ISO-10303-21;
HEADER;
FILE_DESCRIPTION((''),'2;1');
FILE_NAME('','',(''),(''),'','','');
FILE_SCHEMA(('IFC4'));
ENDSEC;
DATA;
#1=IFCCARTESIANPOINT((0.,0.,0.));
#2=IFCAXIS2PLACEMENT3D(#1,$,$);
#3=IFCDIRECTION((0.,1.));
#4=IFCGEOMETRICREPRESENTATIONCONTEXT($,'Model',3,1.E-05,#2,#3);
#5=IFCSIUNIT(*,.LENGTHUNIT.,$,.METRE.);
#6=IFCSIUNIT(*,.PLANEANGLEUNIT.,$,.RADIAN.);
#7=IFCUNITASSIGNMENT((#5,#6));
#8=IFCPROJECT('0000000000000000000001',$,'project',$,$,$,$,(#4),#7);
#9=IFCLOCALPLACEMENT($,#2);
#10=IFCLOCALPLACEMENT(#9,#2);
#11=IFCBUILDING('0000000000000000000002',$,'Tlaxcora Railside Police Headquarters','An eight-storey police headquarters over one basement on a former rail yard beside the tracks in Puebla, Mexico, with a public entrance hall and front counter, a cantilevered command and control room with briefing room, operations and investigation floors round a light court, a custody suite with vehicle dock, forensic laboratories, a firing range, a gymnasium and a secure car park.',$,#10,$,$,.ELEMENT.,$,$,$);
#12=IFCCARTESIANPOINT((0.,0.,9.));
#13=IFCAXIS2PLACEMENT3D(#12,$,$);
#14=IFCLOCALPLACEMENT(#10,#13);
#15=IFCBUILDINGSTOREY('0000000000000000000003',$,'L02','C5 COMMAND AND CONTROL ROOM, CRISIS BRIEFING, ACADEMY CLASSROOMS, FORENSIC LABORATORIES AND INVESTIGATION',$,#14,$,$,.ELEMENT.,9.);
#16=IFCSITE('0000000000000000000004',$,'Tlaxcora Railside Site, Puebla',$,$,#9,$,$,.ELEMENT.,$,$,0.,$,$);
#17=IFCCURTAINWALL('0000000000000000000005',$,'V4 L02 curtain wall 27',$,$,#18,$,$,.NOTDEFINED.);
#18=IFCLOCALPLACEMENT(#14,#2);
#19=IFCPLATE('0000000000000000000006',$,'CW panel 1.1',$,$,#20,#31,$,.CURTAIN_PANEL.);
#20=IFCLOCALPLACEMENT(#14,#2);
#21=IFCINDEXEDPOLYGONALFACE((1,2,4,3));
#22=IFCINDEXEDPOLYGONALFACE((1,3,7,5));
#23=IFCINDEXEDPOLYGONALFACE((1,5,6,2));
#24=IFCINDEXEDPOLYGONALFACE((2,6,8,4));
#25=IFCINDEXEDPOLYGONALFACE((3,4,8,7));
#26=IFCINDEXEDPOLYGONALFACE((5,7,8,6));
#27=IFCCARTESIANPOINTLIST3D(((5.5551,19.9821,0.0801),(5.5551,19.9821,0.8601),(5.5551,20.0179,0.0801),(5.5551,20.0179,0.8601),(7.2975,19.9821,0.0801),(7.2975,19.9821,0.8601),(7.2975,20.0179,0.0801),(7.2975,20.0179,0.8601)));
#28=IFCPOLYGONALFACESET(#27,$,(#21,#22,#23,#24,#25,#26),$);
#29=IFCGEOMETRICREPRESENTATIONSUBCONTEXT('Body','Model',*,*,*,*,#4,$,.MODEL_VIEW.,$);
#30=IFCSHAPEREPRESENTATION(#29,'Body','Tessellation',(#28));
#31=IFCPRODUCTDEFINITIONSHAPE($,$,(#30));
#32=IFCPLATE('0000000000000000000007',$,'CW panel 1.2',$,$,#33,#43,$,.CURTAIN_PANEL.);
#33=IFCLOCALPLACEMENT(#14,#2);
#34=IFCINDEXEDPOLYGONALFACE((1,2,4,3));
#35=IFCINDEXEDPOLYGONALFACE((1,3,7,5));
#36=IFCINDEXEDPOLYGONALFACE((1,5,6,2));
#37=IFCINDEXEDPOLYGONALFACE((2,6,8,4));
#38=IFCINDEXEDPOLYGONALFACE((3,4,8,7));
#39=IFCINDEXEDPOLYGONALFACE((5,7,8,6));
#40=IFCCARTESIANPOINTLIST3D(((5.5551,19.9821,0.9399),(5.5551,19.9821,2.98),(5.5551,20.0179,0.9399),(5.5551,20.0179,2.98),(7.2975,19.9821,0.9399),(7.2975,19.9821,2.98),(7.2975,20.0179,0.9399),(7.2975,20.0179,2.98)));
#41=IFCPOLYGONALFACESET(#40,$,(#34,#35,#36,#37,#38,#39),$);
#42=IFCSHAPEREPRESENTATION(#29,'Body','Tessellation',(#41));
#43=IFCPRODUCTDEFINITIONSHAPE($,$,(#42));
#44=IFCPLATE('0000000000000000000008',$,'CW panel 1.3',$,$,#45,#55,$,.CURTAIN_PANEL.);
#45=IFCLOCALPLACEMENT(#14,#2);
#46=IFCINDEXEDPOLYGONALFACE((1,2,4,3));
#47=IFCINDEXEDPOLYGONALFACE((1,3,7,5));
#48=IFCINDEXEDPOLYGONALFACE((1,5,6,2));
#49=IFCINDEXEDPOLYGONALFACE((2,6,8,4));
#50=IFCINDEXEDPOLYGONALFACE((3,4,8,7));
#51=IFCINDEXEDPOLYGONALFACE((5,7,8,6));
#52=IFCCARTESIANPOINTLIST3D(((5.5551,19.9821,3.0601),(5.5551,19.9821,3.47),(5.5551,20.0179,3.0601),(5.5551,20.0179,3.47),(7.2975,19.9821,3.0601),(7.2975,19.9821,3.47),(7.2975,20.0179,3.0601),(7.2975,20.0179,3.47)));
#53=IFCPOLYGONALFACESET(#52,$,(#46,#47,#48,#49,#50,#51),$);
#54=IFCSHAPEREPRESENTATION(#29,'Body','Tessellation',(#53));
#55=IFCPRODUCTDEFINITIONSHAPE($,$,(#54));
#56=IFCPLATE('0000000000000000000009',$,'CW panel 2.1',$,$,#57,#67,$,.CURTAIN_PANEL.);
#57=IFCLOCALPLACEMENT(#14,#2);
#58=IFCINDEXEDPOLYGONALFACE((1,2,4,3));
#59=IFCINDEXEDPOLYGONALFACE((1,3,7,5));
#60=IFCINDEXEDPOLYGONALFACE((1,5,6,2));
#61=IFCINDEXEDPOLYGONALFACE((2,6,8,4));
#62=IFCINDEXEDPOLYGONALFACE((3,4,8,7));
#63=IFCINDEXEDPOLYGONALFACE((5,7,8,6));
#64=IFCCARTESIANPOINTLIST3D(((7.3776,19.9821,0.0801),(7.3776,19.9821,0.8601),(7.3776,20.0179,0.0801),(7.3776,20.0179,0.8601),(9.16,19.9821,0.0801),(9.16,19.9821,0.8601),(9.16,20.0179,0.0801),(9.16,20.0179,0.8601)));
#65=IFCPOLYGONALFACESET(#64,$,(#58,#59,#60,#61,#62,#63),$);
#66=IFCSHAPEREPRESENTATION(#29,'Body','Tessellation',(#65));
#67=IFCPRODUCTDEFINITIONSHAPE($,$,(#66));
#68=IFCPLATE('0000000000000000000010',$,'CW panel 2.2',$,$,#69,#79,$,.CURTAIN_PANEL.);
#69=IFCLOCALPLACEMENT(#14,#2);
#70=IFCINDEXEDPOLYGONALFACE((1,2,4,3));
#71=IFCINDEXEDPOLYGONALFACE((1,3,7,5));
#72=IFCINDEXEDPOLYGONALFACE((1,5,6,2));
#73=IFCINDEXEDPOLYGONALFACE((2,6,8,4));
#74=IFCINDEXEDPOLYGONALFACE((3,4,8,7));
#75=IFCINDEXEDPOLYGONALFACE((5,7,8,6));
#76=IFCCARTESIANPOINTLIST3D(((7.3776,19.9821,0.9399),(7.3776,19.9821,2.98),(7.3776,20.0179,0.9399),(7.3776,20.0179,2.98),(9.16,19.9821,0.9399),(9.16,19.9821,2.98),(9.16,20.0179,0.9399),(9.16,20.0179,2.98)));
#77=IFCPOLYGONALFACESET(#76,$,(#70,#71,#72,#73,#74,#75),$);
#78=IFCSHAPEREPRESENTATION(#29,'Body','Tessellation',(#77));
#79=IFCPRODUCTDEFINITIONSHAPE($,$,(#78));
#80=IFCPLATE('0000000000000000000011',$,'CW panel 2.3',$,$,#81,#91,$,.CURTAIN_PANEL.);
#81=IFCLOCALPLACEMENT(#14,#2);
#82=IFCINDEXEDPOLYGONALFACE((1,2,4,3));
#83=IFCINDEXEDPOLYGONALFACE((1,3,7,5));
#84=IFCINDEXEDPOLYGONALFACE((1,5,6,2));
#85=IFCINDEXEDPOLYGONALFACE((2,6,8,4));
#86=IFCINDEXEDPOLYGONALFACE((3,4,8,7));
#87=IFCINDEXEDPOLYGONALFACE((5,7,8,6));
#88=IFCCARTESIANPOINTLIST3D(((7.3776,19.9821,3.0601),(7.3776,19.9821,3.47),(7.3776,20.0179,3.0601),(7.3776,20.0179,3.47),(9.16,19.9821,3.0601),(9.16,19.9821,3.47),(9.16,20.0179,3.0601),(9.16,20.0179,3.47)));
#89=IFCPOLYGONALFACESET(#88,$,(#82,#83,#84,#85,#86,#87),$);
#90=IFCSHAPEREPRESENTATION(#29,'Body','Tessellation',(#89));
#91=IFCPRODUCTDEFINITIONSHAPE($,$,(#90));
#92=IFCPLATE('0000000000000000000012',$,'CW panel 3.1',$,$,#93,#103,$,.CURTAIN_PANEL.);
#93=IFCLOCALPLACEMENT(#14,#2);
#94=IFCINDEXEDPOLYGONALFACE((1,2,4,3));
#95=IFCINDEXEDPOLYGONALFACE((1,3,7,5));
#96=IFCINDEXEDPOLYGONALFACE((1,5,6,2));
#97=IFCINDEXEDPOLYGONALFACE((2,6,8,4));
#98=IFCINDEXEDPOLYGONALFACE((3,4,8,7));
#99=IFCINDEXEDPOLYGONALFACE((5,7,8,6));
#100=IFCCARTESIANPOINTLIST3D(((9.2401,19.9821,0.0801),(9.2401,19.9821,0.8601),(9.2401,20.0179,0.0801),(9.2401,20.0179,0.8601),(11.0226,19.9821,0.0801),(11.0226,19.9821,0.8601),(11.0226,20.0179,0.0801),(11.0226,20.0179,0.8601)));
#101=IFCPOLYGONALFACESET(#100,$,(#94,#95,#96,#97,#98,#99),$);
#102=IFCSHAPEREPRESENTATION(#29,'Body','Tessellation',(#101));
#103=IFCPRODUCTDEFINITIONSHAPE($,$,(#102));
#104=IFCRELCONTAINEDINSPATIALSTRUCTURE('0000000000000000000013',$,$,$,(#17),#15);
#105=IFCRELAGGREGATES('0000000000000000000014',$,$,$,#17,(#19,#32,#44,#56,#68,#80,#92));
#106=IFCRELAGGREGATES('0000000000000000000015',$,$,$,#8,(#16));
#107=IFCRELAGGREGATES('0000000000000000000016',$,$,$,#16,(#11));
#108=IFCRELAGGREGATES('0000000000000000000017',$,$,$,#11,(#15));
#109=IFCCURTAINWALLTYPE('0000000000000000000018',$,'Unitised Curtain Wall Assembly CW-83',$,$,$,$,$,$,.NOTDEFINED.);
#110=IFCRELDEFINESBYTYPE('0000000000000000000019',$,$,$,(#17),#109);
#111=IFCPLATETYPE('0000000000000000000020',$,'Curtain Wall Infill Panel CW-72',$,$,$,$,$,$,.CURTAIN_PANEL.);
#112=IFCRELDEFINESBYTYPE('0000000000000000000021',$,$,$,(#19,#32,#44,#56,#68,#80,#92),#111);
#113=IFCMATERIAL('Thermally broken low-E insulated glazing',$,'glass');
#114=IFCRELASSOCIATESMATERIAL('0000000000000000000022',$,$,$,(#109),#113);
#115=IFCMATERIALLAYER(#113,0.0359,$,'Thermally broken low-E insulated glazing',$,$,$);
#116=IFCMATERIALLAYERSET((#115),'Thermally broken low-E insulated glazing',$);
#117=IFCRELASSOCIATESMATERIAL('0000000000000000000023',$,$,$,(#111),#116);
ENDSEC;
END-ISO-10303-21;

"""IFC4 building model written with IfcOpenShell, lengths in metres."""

from ifc_helpers import new_model, si_unit, direction, frame, origin, origin_2d, place, context, subcontext, project, spatial, rectangle, extrude, material, layer, layer_set, type_object, element, aggregate, save


model = new_model("IFC4")

# Units and contexts
model_context = context("Model", 3, precision=1e-05, world=origin(), true_north=direction((0.0, 1.0)))
body_context = subcontext(model_context, "Body", "Model", "MODEL_VIEW")
ifc_project = project(units=[si_unit("LENGTHUNIT", "METRE"), si_unit("PLANEANGLEUNIT", "RADIAN")], contexts=[model_context])

# Site, building, storey
site_placement = place(None, origin())
site = spatial("IfcSite", under=ifc_project, at=site_placement, Name="Tlaxcora Railside Site, Puebla", CompositionType="ELEMENT", RefElevation=0.0)
building_placement = place(site_placement, origin())
building = spatial("IfcBuilding", under=site, at=building_placement, Name="Tlaxcora Railside Police Headquarters", Description="An eight-storey police headquarters over one basement on a former rail yard beside the tracks in Puebla, Mexico, with a public entrance hall and front counter, a cantilevered command and control room with briefing room, operations and investigation floors round a light court, a custody suite with vehicle dock, forensic laboratories, a firing range, a gymnasium and a secure car park.", CompositionType="ELEMENT")
storey_placement = place(building_placement, frame((0.0, 0.0, 9.0)))
storey = spatial("IfcBuildingStorey", under=building, at=storey_placement, Name="L02", Description="C5 COMMAND AND CONTROL ROOM, CRISIS BRIEFING, ACADEMY CLASSROOMS, FORENSIC LABORATORIES AND INVESTIGATION", CompositionType="ELEMENT", Elevation=9.0)

# Curtain wall, plates
ifc_material_1 = material(Name="Thermally broken low-E insulated glazing", Category="glass")
curtain_wall_type = type_object("IfcCurtainWallType", Name="Unitised Curtain Wall Assembly CW-83", PredefinedType="NOTDEFINED", material=ifc_material_1)
curtain_wall_placement = place(storey_placement, origin())
curtain_wall = element("IfcCurtainWall", 1, at=curtain_wall_placement, inside=storey, type_object=curtain_wall_type, Name="V4 L02 curtain wall 27", PredefinedType="NOTDEFINED")
ifc_layer = layer(ifc_material_1, 0.0359, Name="Thermally broken low-E insulated glazing")
ifc_layer_set = layer_set([ifc_layer], Name="Thermally broken low-E insulated glazing")
plate_type = type_object("IfcPlateType", Name="Curtain Wall Infill Panel CW-72", PredefinedType="CURTAIN_PANEL", material=ifc_layer_set)
plate_1_placement = place(storey_placement, frame((6.4263, 20.0, 0.0801), z_axis=(0.0, 0.0, 1.0), x_axis=(1.0, 0.0, 0.0)))
plate_1 = element("IfcPlate", 2, at=plate_1_placement, type_object=plate_type, Name="CW panel 1.1", PredefinedType="CURTAIN_PANEL", context=body_context, shape_type="SweptSolid", body=[
    extrude(rectangle(XDim=1.7424, YDim=0.0359, at=origin_2d()), origin(), (0.0, 0.0, 1.0), 0.78),
])
plate_2_placement = place(storey_placement, frame((6.4263, 20.0, 0.9399), z_axis=(0.0, 0.0, 1.0), x_axis=(1.0, 0.0, 0.0)))
plate_2 = element("IfcPlate", 3, at=plate_2_placement, type_object=plate_type, Name="CW panel 1.2", PredefinedType="CURTAIN_PANEL", context=body_context, shape_type="SweptSolid", body=[
    extrude(rectangle(XDim=1.7424, YDim=0.0359, at=origin_2d()), origin(), (0.0, 0.0, 1.0), 2.04),
])
plate_3_placement = place(storey_placement, frame((6.4263, 20.0, 3.0601), z_axis=(0.0, 0.0, 1.0), x_axis=(1.0, 0.0, 0.0)))
plate_3 = element("IfcPlate", 4, at=plate_3_placement, type_object=plate_type, Name="CW panel 1.3", PredefinedType="CURTAIN_PANEL", context=body_context, shape_type="SweptSolid", body=[
    extrude(rectangle(XDim=1.7424, YDim=0.0359, at=origin_2d()), origin(), (0.0, 0.0, 1.0), 0.4099),
])
plate_4_placement = place(storey_placement, frame((8.2688, 20.0, 0.0801), z_axis=(0.0, 0.0, 1.0), x_axis=(1.0, 0.0, 0.0)))
plate_4 = element("IfcPlate", 5, at=plate_4_placement, type_object=plate_type, Name="CW panel 2.1", PredefinedType="CURTAIN_PANEL", context=body_context, shape_type="SweptSolid", body=[
    extrude(rectangle(XDim=1.7825, YDim=0.0359, at=origin_2d()), origin(), (0.0, 0.0, 1.0), 0.78),
])
plate_5_placement = place(storey_placement, frame((8.2688, 20.0, 0.9399), z_axis=(0.0, 0.0, 1.0), x_axis=(1.0, 0.0, 0.0)))
plate_5 = element("IfcPlate", 6, at=plate_5_placement, type_object=plate_type, Name="CW panel 2.2", PredefinedType="CURTAIN_PANEL", context=body_context, shape_type="SweptSolid", body=[
    extrude(rectangle(XDim=1.7825, YDim=0.0359, at=origin_2d()), origin(), (0.0, 0.0, 1.0), 2.04),
])
plate_6_placement = place(storey_placement, frame((8.2688, 20.0, 3.0601), z_axis=(0.0, 0.0, 1.0), x_axis=(1.0, 0.0, 0.0)))
plate_6 = element("IfcPlate", 7, at=plate_6_placement, type_object=plate_type, Name="CW panel 2.3", PredefinedType="CURTAIN_PANEL", context=body_context, shape_type="SweptSolid", body=[
    extrude(rectangle(XDim=1.7825, YDim=0.0359, at=origin_2d()), origin(), (0.0, 0.0, 1.0), 0.4099),
])
plate_7_placement = place(storey_placement, frame((10.1313, 20.0, 0.0801), z_axis=(0.0, 0.0, 1.0), x_axis=(1.0, 0.0, 0.0)))
plate_7 = element("IfcPlate", 8, at=plate_7_placement, type_object=plate_type, Name="CW panel 3.1", PredefinedType="CURTAIN_PANEL", context=body_context, shape_type="SweptSolid", body=[
    extrude(rectangle(XDim=1.7825, YDim=0.0359, at=origin_2d()), origin(), (0.0, 0.0, 1.0), 0.78),
])
aggregate(curtain_wall, [plate_1, plate_2, plate_3, plate_4, plate_5, plate_6, plate_7])

save(model, "model.ifc")
